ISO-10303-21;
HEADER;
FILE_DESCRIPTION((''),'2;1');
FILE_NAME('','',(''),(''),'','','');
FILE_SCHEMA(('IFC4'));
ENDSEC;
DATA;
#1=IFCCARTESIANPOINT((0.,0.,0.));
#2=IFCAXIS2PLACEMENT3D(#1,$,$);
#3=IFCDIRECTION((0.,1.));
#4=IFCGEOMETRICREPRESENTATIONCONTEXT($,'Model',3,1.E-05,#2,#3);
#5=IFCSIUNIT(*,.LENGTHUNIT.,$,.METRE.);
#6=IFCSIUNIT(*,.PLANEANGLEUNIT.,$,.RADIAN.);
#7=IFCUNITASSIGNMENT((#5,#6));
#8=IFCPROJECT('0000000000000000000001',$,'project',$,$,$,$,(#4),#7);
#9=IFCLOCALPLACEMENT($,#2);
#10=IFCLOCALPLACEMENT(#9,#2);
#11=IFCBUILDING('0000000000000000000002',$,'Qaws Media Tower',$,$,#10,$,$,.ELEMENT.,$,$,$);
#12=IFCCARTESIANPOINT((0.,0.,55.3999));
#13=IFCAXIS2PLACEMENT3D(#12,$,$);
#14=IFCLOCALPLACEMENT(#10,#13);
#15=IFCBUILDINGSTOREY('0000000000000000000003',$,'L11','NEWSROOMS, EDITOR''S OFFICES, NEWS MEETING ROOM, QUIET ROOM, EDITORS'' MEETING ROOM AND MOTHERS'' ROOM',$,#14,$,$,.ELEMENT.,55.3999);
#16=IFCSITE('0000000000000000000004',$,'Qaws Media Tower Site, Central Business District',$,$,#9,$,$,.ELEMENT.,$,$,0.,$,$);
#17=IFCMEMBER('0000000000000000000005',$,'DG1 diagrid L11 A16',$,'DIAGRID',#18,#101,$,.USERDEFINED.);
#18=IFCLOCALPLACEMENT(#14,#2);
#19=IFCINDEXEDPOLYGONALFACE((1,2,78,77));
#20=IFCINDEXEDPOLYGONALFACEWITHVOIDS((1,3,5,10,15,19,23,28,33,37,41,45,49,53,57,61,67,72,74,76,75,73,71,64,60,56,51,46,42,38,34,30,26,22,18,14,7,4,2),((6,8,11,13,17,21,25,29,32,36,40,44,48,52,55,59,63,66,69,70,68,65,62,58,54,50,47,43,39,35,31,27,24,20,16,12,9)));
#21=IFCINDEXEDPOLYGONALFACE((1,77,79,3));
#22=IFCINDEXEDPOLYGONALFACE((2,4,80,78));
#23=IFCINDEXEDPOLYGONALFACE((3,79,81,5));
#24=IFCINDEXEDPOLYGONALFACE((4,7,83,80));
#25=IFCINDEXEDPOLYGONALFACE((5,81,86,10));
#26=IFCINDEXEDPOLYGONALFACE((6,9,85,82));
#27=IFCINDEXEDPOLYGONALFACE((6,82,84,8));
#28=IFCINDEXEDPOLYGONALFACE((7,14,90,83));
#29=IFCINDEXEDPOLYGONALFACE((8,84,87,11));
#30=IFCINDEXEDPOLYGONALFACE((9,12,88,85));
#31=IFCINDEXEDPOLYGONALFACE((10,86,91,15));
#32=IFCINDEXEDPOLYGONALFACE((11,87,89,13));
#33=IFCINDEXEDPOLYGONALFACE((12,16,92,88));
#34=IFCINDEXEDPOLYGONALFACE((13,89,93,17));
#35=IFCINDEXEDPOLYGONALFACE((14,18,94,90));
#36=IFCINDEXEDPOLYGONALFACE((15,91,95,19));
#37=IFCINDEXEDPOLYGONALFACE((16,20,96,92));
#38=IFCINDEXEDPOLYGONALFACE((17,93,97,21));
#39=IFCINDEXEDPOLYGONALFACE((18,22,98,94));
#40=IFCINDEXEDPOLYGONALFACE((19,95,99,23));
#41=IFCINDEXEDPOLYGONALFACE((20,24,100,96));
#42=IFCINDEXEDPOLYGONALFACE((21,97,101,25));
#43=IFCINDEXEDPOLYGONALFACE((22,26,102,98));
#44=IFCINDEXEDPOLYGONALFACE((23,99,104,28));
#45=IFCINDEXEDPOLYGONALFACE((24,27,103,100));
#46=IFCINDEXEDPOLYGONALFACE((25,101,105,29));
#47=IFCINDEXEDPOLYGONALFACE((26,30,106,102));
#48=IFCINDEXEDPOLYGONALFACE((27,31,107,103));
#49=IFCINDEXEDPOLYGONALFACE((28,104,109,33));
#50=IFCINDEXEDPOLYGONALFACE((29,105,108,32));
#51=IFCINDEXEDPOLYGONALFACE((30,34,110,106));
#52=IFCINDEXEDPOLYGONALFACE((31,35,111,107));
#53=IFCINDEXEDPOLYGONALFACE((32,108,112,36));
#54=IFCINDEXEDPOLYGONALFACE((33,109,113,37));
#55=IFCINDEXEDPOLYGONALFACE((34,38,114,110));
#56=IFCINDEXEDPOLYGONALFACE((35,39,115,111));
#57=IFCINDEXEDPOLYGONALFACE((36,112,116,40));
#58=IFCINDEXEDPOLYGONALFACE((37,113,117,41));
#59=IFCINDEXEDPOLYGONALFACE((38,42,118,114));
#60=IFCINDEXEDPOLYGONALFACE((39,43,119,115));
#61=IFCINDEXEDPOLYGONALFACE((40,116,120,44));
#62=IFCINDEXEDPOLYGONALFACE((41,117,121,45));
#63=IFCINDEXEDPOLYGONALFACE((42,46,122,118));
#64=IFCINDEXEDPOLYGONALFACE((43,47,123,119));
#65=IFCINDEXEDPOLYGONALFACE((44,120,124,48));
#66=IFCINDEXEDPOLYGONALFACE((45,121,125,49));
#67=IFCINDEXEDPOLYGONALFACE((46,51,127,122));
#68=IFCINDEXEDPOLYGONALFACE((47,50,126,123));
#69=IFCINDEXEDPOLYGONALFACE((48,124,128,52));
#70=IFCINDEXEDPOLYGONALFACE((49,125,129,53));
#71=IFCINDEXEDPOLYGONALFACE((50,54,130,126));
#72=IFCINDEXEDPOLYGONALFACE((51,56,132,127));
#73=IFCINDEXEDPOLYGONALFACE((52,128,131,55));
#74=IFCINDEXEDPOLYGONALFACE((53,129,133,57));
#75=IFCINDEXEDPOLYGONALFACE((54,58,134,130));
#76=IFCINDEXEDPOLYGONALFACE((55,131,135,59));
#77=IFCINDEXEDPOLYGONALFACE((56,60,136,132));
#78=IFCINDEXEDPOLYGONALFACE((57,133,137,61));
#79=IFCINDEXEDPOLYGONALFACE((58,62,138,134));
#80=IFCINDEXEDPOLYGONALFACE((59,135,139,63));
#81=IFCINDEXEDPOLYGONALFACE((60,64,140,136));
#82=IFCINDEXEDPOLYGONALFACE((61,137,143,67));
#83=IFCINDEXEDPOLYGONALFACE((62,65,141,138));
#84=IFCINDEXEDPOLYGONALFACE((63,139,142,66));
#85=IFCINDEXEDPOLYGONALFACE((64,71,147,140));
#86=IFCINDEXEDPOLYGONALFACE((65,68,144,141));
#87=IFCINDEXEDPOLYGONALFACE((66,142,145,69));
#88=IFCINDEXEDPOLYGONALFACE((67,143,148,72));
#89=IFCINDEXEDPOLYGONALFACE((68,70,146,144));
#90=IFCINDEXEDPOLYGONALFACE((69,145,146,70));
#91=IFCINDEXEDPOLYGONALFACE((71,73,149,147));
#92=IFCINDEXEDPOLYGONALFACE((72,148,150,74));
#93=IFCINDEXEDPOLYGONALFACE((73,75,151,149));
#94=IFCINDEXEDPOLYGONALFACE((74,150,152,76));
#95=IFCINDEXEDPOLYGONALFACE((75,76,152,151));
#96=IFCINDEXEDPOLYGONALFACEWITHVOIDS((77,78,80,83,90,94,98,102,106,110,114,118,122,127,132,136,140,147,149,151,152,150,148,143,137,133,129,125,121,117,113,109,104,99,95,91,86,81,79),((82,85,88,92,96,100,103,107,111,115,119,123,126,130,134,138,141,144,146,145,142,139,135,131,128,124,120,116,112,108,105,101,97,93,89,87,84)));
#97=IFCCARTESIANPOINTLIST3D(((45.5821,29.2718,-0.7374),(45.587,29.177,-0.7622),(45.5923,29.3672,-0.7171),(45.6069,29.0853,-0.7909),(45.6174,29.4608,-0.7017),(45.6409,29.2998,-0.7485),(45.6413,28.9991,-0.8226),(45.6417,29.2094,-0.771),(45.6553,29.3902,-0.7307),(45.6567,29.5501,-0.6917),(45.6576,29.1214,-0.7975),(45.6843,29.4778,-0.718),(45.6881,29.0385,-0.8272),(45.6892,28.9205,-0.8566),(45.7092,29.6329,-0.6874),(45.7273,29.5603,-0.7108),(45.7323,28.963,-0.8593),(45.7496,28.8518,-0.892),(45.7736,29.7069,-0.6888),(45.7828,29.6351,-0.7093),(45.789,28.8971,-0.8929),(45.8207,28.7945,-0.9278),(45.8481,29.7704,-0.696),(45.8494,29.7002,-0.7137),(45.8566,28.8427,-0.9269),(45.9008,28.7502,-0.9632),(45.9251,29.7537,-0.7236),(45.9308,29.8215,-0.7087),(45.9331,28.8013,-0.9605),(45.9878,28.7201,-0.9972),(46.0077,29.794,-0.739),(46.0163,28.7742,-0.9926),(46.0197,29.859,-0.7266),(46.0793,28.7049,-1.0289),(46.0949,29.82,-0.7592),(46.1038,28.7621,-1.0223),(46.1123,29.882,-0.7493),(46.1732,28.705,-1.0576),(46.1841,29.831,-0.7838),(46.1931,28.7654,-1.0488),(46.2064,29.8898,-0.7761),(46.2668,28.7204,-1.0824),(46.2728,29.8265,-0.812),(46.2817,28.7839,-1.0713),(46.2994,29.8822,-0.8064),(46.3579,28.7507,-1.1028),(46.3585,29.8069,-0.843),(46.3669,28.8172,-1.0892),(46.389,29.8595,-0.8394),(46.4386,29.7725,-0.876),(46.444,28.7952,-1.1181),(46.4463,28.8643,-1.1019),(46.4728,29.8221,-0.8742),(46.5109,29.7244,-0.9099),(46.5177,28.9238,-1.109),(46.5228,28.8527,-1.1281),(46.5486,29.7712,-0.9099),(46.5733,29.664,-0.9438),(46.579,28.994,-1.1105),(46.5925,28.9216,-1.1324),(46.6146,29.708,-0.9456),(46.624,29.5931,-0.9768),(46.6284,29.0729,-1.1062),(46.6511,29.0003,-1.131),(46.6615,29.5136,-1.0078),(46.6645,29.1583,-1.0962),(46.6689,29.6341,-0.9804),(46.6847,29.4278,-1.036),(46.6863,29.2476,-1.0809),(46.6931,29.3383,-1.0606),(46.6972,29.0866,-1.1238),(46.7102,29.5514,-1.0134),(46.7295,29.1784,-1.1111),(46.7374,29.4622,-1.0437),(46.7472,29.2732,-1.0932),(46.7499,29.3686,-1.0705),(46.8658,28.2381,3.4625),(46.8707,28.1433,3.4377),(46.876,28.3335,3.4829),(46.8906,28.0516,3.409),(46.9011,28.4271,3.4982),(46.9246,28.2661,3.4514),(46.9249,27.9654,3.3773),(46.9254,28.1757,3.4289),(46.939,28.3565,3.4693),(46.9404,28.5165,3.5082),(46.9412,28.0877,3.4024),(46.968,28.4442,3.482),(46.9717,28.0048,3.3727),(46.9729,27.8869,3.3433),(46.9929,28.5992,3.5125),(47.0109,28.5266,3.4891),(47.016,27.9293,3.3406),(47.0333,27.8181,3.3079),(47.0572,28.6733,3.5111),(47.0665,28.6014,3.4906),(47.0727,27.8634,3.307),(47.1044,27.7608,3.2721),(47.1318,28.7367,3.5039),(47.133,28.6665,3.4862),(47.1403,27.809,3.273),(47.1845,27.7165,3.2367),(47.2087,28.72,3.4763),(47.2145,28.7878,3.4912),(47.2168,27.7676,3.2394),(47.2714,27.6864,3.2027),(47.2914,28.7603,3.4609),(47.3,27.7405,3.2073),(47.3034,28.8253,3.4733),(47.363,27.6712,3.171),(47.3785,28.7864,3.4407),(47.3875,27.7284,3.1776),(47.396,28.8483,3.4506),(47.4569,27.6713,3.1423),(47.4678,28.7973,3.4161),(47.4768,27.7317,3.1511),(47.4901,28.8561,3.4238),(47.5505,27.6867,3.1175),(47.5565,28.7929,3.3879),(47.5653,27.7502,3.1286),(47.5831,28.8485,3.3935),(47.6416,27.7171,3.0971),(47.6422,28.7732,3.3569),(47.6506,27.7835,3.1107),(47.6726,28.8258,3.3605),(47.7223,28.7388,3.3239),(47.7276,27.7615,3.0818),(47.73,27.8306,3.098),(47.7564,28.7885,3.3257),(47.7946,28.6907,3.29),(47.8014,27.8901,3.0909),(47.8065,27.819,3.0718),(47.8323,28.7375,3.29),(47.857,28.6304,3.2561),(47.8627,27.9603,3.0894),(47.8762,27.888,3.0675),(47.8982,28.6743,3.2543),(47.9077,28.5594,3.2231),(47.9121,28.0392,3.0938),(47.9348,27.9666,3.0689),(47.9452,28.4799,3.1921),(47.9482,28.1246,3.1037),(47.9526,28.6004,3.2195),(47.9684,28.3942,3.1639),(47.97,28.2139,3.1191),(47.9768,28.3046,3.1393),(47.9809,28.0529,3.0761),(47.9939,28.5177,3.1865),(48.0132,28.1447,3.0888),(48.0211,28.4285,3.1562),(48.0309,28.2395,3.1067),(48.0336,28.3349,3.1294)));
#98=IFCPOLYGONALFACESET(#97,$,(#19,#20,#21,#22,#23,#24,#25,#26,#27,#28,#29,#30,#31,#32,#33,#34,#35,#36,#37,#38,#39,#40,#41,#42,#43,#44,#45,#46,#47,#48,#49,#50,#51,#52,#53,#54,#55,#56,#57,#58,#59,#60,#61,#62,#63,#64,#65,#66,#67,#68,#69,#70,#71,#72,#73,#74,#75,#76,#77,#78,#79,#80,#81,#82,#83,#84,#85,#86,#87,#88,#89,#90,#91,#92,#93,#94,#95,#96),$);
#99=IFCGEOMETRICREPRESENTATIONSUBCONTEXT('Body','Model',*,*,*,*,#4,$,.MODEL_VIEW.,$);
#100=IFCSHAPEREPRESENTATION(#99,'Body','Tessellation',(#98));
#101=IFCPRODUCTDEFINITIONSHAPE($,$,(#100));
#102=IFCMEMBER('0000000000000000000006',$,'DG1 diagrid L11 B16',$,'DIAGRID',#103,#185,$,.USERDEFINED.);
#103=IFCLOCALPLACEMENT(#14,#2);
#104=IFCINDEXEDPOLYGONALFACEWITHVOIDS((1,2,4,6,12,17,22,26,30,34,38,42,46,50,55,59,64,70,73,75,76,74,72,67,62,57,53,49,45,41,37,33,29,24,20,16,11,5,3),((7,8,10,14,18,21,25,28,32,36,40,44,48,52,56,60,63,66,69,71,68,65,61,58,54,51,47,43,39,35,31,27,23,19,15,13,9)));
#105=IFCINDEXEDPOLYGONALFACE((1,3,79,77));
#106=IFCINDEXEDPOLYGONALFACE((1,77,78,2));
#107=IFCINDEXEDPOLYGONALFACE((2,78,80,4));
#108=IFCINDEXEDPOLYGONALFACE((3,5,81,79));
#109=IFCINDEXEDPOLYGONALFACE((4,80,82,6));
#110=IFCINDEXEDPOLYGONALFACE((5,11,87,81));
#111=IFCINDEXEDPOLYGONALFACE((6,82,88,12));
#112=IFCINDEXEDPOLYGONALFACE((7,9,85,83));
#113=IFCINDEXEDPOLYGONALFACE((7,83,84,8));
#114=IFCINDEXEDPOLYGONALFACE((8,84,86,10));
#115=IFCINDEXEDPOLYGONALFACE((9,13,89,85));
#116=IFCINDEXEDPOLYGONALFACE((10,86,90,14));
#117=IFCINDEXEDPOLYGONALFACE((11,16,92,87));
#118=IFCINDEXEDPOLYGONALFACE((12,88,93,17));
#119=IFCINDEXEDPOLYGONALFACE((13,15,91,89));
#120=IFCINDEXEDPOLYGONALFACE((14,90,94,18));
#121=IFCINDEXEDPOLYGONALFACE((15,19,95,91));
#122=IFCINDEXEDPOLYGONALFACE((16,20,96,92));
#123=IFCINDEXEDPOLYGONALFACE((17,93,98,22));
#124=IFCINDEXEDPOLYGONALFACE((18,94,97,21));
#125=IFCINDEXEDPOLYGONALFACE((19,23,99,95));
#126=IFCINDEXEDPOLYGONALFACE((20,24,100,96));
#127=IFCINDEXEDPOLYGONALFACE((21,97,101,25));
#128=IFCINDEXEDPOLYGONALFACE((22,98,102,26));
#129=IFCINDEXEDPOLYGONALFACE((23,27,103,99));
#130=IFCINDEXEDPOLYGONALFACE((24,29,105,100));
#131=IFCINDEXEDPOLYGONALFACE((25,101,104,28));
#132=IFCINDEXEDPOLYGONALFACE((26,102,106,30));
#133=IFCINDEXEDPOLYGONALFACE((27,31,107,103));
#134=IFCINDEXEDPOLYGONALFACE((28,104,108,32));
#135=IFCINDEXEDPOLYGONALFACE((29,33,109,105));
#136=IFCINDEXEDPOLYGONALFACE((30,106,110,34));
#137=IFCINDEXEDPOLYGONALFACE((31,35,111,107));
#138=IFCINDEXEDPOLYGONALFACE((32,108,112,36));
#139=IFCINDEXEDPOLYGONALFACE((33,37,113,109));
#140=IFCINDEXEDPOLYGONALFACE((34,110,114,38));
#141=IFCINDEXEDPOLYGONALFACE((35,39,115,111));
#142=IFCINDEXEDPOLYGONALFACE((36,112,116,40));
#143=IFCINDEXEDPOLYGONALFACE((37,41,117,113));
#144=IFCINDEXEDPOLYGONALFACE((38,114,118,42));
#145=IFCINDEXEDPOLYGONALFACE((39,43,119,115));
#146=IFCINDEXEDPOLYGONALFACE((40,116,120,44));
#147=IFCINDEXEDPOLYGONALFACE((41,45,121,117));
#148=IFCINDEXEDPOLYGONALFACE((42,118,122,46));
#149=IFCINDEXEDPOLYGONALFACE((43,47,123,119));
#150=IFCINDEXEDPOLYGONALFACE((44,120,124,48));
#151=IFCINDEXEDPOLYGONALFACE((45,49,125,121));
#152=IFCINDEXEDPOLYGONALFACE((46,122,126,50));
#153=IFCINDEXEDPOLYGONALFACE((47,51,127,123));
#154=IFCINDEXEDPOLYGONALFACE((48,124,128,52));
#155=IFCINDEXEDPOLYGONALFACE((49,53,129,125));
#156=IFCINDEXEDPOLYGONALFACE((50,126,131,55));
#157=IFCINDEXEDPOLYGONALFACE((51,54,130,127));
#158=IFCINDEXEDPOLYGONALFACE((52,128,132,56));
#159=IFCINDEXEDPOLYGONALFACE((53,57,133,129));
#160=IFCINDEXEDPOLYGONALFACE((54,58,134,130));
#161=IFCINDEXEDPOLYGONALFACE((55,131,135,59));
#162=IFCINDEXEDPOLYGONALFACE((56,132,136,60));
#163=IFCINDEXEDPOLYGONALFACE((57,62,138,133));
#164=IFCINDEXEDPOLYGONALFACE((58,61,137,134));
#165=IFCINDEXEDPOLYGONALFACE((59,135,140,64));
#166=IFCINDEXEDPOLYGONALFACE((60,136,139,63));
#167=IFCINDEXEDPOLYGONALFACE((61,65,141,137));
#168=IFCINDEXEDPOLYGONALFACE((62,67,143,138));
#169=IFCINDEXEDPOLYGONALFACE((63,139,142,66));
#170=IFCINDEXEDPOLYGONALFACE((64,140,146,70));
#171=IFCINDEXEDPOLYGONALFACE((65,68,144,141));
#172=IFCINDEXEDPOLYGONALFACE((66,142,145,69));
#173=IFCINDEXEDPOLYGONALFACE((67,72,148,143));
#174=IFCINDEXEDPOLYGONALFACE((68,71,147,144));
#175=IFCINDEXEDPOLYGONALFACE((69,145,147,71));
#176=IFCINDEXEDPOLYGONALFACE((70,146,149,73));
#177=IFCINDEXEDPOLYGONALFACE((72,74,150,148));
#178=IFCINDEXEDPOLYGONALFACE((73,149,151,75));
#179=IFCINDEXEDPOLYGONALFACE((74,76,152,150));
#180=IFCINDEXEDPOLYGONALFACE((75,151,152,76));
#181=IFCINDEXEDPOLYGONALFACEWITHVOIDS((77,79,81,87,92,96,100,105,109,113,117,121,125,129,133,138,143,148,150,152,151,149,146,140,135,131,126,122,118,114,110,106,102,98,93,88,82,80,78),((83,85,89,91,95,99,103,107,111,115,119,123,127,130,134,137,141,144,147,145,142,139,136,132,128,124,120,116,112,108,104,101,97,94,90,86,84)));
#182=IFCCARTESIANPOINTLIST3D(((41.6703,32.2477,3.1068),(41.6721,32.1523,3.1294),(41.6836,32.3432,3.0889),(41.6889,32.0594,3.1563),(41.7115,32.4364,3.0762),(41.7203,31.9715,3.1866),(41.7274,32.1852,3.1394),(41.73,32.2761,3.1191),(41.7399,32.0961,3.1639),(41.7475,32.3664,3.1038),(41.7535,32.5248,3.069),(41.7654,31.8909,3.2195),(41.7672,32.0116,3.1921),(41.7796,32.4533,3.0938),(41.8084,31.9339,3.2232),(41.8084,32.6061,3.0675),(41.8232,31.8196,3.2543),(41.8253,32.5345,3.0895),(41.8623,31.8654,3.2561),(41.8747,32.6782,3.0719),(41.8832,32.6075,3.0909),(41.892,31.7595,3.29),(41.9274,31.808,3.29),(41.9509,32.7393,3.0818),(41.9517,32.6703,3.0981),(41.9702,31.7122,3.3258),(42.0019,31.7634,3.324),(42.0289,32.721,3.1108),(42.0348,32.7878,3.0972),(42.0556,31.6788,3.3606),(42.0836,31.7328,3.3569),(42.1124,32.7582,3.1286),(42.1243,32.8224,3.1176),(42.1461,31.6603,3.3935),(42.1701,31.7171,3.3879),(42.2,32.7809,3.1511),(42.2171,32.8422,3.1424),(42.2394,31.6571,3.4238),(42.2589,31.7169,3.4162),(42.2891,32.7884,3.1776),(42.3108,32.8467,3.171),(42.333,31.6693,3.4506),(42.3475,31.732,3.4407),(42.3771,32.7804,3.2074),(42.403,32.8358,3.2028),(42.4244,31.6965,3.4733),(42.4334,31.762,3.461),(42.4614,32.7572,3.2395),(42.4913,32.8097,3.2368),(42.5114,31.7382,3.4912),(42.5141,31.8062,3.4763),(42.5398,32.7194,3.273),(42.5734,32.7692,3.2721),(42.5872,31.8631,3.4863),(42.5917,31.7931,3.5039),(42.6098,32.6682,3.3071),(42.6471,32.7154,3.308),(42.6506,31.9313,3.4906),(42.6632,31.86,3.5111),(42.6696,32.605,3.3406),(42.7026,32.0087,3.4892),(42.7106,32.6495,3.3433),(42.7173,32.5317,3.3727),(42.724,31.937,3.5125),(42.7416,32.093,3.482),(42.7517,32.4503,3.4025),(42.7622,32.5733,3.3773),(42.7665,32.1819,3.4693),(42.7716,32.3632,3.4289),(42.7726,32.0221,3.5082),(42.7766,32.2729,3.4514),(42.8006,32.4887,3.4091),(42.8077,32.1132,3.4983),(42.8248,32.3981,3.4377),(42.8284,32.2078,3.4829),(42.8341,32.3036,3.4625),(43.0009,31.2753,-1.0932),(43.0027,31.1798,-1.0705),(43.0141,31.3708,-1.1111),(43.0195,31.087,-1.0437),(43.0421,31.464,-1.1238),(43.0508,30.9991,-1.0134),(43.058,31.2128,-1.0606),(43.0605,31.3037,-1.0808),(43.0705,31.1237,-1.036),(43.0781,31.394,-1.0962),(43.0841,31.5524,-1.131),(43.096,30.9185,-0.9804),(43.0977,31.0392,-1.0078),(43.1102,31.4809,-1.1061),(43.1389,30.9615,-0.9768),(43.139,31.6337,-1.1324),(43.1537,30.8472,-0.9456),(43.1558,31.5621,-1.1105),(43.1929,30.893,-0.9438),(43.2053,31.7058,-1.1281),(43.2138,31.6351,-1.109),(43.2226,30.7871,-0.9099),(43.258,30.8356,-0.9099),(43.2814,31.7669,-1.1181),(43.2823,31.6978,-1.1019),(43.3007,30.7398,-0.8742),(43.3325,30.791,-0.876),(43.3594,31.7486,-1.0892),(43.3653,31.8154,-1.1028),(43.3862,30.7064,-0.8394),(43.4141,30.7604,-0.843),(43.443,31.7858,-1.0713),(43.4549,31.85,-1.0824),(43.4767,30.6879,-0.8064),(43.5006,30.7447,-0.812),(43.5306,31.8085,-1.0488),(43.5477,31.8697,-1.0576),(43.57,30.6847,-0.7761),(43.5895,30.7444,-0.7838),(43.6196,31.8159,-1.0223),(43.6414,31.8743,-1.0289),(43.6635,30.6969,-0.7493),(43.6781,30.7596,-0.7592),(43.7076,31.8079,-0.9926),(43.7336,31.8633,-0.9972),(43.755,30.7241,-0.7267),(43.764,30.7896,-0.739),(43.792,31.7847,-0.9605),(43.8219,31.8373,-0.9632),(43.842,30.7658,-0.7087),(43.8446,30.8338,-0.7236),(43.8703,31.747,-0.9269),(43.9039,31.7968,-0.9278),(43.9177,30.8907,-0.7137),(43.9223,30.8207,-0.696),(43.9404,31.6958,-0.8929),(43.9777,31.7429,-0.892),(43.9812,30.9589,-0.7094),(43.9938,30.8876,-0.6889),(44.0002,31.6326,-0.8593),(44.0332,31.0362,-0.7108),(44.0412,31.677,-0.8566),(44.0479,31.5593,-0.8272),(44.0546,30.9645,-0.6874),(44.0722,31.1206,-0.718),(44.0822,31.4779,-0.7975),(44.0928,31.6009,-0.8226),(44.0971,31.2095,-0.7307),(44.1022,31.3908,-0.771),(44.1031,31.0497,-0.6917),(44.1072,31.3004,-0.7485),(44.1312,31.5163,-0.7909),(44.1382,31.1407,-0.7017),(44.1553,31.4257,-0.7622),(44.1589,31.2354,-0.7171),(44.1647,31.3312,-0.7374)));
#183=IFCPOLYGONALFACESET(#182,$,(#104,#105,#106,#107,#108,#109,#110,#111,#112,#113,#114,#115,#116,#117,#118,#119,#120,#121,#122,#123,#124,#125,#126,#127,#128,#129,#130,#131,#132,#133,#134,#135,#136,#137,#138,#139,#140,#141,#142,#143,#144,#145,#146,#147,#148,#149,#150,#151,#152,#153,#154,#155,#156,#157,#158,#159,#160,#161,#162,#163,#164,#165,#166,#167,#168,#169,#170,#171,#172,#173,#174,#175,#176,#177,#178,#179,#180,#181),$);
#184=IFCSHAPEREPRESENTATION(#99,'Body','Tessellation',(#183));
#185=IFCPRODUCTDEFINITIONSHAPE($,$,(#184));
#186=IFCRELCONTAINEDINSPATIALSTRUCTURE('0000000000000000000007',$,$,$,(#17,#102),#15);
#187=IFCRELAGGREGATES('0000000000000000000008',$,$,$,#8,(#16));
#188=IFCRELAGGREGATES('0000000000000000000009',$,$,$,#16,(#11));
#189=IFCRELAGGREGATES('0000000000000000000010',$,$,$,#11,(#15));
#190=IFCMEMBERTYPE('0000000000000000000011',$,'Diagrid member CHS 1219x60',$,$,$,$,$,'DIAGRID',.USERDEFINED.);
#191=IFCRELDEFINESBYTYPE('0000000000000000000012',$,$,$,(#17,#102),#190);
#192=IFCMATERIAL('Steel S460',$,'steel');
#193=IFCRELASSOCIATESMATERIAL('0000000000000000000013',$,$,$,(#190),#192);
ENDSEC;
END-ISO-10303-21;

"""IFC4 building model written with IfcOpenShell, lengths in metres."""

from ifc_helpers import new_model, si_unit, direction, frame, origin, origin_2d, place, context, subcontext, project, spatial, hollow_circle, extrude, material, material_profile, profile_set, type_object, element, save


model = new_model("IFC4")

# Units and contexts
model_context = context("Model", 3, precision=1e-05, world=origin(), true_north=direction((0.0, 1.0)))
body_context = subcontext(model_context, "Body", "Model", "MODEL_VIEW")
ifc_project = project(units=[si_unit("LENGTHUNIT", "METRE"), si_unit("PLANEANGLEUNIT", "RADIAN")], contexts=[model_context])

# Site, building, storey
site_placement = place(None, origin())
site = spatial("IfcSite", under=ifc_project, at=site_placement, Name="Qaws Media Tower Site, Central Business District", CompositionType="ELEMENT", RefElevation=0.0)
building_placement = place(site_placement, origin())
building = spatial("IfcBuilding", under=site, at=building_placement, Name="Qaws Media Tower", CompositionType="ELEMENT")
storey_placement = place(building_placement, frame((0.0, 0.0, 55.3999)))
storey = spatial("IfcBuildingStorey", under=building, at=storey_placement, Name="L11", Description="NEWSROOMS, EDITOR'S OFFICES, NEWS MEETING ROOM, QUIET ROOM, EDITORS' MEETING ROOM AND MOTHERS' ROOM", CompositionType="ELEMENT", Elevation=55.3999)

# Members
ifc_material_1 = material(Name="Steel S460", Category="steel")
ifc_material_profile_1 = material_profile(ifc_material_1, hollow_circle(Radius=0.6096, WallThickness=0.0601, at=origin_2d()), Name="CHS 1219x60")
ifc_profile_set_1 = profile_set([ifc_material_profile_1], Name="Steel S460")
member_type_1 = type_object("IfcMemberType", Name="Diagrid member CHS 1219x60", ElementType="DIAGRID", PredefinedType="USERDEFINED", material=ifc_profile_set_1)
for number, where, z_axis, x_axis, name in (
    (1, (46.1663, 29.2964, -0.9099), (0.284521, -0.22911, 0.93089), (0.627185, 0.77887, 0.0), "DG1 diagrid L11 A16"),
    (2, (43.5823, 31.2793, -0.9099), (-0.294914, 0.21553, 0.930899), (-0.590046, -0.807369, 0.0), "DG1 diagrid L11 B16"),
):
    element("IfcMember", number, at=place(storey_placement, frame(where, z_axis=z_axis, x_axis=x_axis)), inside=storey, type_object=member_type_1, Name=name, ObjectType="DIAGRID", PredefinedType="USERDEFINED", context=body_context, shape_type="SweptSolid", body=[
        extrude(hollow_circle(Radius=0.6096, WallThickness=0.0601, at=origin_2d()), origin(), (0.0, 0.0, 1.0), 4.5117),
    ])

save(model, "model.ifc")
